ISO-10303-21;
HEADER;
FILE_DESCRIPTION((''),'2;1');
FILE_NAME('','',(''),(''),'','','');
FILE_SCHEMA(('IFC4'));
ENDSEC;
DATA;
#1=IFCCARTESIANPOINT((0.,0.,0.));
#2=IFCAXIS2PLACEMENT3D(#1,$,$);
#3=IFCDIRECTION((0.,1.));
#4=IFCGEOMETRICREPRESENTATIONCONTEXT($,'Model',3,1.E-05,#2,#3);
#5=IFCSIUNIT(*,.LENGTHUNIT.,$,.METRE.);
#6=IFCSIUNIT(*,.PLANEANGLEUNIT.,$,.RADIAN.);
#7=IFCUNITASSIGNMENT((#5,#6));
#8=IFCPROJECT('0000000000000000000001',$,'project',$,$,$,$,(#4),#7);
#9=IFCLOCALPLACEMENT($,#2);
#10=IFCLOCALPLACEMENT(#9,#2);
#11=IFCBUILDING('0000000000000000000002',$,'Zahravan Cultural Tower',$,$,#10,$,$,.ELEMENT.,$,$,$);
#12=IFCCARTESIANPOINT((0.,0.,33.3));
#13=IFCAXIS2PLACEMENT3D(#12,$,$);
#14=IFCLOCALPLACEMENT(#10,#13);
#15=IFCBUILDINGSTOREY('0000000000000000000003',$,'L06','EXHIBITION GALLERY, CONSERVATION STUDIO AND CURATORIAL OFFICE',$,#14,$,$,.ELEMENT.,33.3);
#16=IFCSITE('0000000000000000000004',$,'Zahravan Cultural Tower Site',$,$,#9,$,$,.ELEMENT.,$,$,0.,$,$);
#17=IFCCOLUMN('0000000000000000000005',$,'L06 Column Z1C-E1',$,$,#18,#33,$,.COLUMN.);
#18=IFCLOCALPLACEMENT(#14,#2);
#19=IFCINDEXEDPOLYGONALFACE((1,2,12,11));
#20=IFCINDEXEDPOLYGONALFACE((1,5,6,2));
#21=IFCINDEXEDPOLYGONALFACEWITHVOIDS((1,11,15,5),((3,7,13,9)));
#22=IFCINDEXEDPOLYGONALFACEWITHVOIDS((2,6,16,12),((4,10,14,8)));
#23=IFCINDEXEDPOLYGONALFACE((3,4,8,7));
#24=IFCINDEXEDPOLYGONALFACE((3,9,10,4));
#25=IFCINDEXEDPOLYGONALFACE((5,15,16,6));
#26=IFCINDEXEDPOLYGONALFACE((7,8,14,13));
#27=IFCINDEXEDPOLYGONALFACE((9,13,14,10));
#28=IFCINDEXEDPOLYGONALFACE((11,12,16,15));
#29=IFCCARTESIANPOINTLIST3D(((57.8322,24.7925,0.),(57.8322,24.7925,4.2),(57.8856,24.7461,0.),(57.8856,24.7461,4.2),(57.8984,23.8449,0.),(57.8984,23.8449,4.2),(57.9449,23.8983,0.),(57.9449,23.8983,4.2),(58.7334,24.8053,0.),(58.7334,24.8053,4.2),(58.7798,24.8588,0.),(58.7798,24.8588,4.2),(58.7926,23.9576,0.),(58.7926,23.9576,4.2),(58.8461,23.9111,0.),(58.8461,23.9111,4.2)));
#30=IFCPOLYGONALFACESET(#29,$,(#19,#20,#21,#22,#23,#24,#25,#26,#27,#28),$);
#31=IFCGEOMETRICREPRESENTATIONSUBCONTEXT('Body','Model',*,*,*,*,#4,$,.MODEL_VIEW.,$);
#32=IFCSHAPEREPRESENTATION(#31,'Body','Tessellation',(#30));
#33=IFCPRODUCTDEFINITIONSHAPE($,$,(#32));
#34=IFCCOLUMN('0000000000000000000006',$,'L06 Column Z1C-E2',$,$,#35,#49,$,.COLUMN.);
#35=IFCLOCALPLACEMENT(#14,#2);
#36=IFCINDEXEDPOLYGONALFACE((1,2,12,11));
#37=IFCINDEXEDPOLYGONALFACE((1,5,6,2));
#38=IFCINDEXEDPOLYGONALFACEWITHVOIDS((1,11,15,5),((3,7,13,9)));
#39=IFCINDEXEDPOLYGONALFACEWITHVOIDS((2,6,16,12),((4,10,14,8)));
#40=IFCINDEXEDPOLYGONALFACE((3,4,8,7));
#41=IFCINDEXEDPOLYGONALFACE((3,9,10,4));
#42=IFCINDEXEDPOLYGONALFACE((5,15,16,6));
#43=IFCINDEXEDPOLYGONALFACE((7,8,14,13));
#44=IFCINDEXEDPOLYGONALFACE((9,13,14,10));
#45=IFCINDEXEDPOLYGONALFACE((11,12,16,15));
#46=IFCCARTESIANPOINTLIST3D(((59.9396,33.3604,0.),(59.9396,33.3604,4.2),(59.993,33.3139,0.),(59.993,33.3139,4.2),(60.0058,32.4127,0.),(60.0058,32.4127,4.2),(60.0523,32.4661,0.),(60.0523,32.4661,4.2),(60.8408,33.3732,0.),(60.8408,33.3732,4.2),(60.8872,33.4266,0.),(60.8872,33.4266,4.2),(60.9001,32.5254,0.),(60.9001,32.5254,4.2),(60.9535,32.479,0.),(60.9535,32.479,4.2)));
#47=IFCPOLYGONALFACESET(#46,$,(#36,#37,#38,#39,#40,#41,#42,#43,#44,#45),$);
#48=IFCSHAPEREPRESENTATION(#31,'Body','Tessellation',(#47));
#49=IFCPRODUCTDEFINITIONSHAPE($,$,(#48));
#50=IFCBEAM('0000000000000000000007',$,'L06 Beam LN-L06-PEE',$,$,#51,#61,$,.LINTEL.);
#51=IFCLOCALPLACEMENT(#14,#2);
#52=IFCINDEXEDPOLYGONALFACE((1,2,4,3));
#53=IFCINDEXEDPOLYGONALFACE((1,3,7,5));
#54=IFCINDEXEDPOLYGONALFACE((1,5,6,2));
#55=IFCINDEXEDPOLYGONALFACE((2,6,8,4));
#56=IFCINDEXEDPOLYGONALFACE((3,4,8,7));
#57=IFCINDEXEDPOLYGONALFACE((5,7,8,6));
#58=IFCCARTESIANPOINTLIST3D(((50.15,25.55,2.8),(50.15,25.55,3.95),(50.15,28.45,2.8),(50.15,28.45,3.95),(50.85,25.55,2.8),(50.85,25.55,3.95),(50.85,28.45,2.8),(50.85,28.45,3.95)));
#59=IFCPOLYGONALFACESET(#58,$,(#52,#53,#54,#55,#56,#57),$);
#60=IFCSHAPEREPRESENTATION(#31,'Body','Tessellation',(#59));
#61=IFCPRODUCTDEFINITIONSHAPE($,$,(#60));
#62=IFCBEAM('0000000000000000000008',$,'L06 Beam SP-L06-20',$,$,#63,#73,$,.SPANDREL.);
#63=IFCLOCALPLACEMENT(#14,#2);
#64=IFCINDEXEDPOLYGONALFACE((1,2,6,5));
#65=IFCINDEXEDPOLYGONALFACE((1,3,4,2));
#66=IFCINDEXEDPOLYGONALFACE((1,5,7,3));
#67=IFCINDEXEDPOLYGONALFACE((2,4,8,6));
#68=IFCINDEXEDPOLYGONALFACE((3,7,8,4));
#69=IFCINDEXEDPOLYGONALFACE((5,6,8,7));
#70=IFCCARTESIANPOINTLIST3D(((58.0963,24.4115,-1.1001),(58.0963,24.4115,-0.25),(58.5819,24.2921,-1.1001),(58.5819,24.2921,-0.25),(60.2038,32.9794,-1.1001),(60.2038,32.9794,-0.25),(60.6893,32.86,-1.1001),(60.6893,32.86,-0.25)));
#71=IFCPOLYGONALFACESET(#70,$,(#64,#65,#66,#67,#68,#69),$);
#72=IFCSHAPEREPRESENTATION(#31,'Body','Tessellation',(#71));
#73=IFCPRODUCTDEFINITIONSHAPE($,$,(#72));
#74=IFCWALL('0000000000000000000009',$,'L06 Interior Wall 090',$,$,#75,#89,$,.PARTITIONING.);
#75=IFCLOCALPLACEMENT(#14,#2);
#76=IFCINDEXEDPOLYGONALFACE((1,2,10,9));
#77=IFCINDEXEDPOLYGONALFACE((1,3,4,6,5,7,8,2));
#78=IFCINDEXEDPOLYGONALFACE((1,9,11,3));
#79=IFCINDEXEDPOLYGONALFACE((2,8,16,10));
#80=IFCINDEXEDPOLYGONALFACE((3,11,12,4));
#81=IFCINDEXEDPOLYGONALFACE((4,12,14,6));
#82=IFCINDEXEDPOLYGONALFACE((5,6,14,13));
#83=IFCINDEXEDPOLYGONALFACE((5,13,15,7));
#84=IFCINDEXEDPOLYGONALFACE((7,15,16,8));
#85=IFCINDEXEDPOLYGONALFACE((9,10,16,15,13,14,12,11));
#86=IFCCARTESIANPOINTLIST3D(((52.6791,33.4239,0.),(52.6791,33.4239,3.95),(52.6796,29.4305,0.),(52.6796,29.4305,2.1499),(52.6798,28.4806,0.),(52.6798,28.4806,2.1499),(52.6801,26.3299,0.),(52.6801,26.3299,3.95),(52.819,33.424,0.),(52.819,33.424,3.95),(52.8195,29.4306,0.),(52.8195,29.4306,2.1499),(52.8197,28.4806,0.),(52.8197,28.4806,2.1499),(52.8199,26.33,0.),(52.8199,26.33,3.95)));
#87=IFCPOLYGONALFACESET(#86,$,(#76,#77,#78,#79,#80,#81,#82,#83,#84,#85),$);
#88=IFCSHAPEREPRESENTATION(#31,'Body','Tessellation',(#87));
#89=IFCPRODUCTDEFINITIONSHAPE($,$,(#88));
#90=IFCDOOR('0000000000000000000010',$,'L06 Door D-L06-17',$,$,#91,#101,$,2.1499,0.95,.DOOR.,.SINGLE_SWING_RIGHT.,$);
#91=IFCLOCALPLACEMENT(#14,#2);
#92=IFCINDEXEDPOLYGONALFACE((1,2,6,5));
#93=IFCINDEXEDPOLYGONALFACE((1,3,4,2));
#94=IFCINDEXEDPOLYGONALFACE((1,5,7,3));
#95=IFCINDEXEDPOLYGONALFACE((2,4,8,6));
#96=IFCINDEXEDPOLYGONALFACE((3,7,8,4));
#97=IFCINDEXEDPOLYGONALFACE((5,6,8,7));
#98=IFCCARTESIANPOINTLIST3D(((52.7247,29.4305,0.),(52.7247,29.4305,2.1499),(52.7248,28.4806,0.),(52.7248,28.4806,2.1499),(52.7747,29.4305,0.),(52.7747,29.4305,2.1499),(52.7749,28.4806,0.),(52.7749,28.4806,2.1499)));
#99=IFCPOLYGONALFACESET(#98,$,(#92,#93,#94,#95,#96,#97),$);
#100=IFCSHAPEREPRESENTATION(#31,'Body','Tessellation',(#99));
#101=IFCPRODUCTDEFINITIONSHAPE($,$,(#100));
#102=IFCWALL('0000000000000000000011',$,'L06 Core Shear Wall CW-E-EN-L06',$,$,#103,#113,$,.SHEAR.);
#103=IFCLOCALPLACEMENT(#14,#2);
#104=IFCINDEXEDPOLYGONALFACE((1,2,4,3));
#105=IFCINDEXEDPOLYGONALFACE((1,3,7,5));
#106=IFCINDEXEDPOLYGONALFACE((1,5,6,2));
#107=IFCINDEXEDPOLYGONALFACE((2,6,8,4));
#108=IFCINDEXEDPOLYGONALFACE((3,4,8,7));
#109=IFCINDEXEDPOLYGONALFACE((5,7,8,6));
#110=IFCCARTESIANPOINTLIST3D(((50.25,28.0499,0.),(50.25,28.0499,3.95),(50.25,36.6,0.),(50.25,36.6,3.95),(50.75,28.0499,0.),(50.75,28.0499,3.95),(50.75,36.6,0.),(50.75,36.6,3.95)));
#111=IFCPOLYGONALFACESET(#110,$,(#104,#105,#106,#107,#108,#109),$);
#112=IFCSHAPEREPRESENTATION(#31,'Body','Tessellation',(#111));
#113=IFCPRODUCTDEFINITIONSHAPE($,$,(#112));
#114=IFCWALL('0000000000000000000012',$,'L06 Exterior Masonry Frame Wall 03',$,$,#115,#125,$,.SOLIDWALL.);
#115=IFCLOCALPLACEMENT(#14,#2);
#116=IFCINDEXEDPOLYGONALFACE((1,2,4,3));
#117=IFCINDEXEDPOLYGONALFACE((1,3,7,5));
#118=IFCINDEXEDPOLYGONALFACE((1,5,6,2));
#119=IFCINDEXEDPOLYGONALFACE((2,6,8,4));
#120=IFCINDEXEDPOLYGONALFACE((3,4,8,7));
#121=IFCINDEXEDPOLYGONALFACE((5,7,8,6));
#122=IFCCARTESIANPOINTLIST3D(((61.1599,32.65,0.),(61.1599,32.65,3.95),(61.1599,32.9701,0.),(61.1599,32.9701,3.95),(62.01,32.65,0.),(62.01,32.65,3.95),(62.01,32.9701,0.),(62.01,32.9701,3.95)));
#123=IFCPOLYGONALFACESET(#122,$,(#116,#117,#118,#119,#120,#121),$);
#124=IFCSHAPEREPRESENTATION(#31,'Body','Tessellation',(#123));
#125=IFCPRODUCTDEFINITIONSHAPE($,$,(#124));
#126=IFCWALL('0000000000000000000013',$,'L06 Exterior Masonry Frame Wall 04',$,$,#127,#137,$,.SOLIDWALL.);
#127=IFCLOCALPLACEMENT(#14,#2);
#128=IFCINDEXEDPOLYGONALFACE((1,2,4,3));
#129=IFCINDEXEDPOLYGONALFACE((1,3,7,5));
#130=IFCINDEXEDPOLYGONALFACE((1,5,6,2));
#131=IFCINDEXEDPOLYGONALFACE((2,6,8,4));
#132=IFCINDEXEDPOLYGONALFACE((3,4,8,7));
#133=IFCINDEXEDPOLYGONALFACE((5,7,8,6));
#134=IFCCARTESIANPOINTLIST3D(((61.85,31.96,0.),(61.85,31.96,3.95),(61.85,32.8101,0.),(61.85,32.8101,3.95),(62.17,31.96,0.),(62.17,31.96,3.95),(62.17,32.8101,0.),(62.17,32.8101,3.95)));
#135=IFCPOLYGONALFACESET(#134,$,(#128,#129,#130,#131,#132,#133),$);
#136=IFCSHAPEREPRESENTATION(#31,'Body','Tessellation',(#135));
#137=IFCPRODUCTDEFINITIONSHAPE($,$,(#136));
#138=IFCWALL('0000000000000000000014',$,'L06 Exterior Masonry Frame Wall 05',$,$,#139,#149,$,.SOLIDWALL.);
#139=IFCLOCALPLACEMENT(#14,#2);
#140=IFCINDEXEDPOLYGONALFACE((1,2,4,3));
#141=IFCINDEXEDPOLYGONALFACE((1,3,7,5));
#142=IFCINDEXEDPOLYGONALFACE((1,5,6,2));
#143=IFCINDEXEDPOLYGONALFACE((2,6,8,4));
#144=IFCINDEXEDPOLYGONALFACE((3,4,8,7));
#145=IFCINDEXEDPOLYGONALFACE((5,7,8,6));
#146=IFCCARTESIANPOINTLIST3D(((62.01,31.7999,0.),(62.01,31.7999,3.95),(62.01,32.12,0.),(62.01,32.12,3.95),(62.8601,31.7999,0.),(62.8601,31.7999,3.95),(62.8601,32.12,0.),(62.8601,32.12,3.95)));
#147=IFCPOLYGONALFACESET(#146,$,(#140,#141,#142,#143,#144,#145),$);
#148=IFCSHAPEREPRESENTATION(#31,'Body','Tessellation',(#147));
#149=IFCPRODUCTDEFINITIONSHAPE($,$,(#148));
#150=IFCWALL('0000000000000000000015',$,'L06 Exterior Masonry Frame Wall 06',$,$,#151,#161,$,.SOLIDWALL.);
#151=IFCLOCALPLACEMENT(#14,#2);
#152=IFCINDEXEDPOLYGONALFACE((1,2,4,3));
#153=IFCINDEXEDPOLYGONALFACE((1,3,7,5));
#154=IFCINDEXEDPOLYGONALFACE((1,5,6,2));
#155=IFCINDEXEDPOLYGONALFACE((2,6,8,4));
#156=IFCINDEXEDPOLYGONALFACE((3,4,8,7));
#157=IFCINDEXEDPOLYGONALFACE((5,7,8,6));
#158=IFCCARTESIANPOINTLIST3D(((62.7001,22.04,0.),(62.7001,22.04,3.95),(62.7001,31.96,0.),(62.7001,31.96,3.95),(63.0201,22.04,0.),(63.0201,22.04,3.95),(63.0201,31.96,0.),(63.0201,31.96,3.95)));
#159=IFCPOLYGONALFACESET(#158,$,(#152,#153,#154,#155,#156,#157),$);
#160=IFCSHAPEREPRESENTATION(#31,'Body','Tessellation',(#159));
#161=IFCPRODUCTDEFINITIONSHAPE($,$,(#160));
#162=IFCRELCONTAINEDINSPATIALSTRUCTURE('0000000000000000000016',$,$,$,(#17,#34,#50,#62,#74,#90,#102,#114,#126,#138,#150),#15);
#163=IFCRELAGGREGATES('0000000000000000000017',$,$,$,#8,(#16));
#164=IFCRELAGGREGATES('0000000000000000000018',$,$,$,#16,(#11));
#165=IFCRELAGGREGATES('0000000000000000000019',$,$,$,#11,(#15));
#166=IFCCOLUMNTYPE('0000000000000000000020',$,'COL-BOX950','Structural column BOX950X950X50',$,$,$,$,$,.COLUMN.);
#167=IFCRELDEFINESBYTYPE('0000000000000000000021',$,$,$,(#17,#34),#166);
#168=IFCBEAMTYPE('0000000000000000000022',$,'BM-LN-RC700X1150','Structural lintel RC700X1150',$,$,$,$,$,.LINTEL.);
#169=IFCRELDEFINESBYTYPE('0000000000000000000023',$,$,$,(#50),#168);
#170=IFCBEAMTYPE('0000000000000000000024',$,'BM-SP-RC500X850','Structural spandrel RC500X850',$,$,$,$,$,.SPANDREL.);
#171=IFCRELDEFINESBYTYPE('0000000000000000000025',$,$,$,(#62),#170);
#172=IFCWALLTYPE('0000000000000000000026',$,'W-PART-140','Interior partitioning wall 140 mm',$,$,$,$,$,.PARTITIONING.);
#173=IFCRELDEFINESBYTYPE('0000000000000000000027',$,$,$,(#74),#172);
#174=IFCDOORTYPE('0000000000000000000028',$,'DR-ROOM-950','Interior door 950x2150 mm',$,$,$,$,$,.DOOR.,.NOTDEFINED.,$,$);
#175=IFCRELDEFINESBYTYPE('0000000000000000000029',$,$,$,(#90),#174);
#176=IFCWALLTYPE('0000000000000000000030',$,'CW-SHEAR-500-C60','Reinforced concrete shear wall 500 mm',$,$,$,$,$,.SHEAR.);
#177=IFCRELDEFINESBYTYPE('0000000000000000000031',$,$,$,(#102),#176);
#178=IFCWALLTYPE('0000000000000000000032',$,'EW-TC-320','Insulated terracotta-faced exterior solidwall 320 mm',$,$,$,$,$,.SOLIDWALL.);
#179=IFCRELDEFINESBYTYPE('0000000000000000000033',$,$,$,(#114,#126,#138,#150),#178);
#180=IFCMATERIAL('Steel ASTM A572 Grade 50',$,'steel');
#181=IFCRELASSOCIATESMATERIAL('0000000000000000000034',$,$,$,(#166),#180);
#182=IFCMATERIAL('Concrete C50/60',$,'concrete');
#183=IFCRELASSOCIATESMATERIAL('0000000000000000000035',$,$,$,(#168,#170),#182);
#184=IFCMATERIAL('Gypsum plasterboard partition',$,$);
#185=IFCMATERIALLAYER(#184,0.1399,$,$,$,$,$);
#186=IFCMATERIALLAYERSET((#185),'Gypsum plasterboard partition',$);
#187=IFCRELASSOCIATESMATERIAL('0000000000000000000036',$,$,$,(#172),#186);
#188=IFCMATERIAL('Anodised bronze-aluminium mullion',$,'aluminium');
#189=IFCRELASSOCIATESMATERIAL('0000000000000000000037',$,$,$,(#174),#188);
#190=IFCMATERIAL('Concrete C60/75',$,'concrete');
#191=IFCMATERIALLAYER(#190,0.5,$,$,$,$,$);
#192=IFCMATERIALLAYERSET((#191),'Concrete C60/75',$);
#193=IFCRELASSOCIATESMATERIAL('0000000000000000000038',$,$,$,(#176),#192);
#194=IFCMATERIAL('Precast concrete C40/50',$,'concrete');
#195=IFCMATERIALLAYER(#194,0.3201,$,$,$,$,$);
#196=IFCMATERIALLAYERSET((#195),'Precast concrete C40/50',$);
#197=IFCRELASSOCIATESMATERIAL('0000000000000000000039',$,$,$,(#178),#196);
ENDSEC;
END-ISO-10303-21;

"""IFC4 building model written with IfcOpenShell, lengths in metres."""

from ifc_helpers import new_model, si_unit, direction, frame, frame_2d, origin, origin_2d, place, context, subcontext, project, spatial, rectangle, hollow_rectangle, extrude, source, transform, mapped, material, layer, layer_set, material_profile, profile_set, type_object, element, fill, save


model = new_model("IFC4")

# Units and contexts
model_context = context("Model", 3, precision=1e-05, world=origin(), true_north=direction((0.0, 1.0)))
body_context = subcontext(model_context, "Body", "Model", "MODEL_VIEW")
ifc_project = project(units=[si_unit("LENGTHUNIT", "METRE"), si_unit("PLANEANGLEUNIT", "RADIAN")], contexts=[model_context])

# Site, building, storey
site_placement = place(None, origin())
site = spatial("IfcSite", under=ifc_project, at=site_placement, Name="Zahravan Cultural Tower Site", CompositionType="ELEMENT", RefElevation=0.0)
building_placement = place(site_placement, origin())
building = spatial("IfcBuilding", under=site, at=building_placement, Name="Zahravan Cultural Tower", CompositionType="ELEMENT")
storey_placement = place(building_placement, frame((0.0, 0.0, 33.3)))
storey = spatial("IfcBuildingStorey", under=building, at=storey_placement, Name="L06", Description="EXHIBITION GALLERY, CONSERVATION STUDIO AND CURATORIAL OFFICE", CompositionType="ELEMENT", Elevation=33.3)

# Columns
ifc_material_1 = material(Name="Steel ASTM A572 Grade 50", Category="steel")
ifc_material_profile_1 = material_profile(ifc_material_1, hollow_rectangle(XDim=0.95, YDim=0.95, WallThickness=0.05, at=origin_2d()), Name="BOX950X950X50")
ifc_profile_set_1 = profile_set([ifc_material_profile_1], Name="Steel ASTM A572 Grade 50")
column_type = type_object("IfcColumnType", Name="COL-BOX950", Description="Structural column BOX950X950X50", PredefinedType="COLUMN", material=ifc_profile_set_1)
shared_shape_1 = source(origin(), body_context, "Body", "SweptSolid", [
    extrude(hollow_rectangle(XDim=0.95, YDim=0.95, WallThickness=0.05, at=origin_2d()), origin(), (0.0, 0.0, 1.0), 4.2),
])
for number, where, z_axis, x_axis, name in (
    (1, (58.3391, 24.3518, 0.0), (0.0, 0.0, 1.0), (0.997564, 0.069756, 0.0), "L06 Column Z1C-E1"),
    (2, (60.4465, 32.9197, 0.0), (0.0, 0.0, 1.0), (0.997564, 0.069756, 0.0), "L06 Column Z1C-E2"),
):
    element("IfcColumn", number, at=place(storey_placement, frame(where, z_axis=z_axis, x_axis=x_axis)), inside=storey, type_object=column_type, Name=name, PredefinedType="COLUMN", context=body_context, shape_type="MappedRepresentation", body=[
        mapped(shared_shape_1, transform((0.0, 0.0, 0.0), x_axis=(1.0, 0.0, 0.0), y_axis=(0.0, 1.0, 0.0), z_axis=(0.0, 0.0, 1.0), scale=1.0)),
    ])

# Beams
ifc_material_2 = material(Name="Concrete C50/60", Category="concrete")
ifc_material_profile_2 = material_profile(ifc_material_2, rectangle(XDim=0.7, YDim=1.1499, at=origin_2d()), Name="RC700X1150")
ifc_profile_set_2 = profile_set([ifc_material_profile_2], Name="Concrete C50/60")
beam_type_1 = type_object("IfcBeamType", Name="BM-LN-RC700X1150", Description="Structural lintel RC700X1150", PredefinedType="LINTEL", material=ifc_profile_set_2)
shared_shape_2 = source(origin(), body_context, "Body", "SweptSolid", [
    extrude(rectangle(XDim=0.7, YDim=1.1499, at=origin_2d()), origin(), (0.0, 0.0, 1.0), 2.8999),
])
beam_1_placement = place(storey_placement, frame((50.5, 25.55, 3.375), z_axis=(0.0, 1.0, 0.0), x_axis=(-1.0, 0.0, 0.0)))
element("IfcBeam", 3, at=beam_1_placement, inside=storey, type_object=beam_type_1, Name="L06 Beam LN-L06-PEE", PredefinedType="LINTEL", context=body_context, shape_type="MappedRepresentation", body=[
    mapped(shared_shape_2, transform((0.0, 0.0, 0.0), x_axis=(1.0, 0.0, 0.0), y_axis=(0.0, 1.0, 0.0), z_axis=(0.0, 0.0, 1.0), scale=1.0)),
])
ifc_material_profile_3 = material_profile(ifc_material_2, rectangle(XDim=0.5, YDim=0.8501, at=origin_2d()), Name="RC500X850")
ifc_profile_set_3 = profile_set([ifc_material_profile_3], Name="Concrete C50/60")
beam_type_2 = type_object("IfcBeamType", Name="BM-SP-RC500X850", Description="Structural spandrel RC500X850", PredefinedType="SPANDREL", material=ifc_profile_set_3)
shared_shape_3 = source(origin(), body_context, "Body", "SweptSolid", [
    extrude(rectangle(XDim=0.5, YDim=0.8501, at=origin_2d()), origin(), (0.0, 0.0, 1.0), 8.8232),
])
beam_2_placement = place(storey_placement, frame((58.3391, 24.3518, -0.675), z_axis=(0.238849, 0.971057, 0.0), x_axis=(-0.971057, 0.238849, 0.0)))
element("IfcBeam", 4, at=beam_2_placement, inside=storey, type_object=beam_type_2, Name="L06 Beam SP-L06-20", PredefinedType="SPANDREL", context=body_context, shape_type="MappedRepresentation", body=[
    mapped(shared_shape_3, transform((0.0, 0.0, 0.0), x_axis=(1.0, 0.0, 0.0), y_axis=(0.0, 1.0, 0.0), z_axis=(0.0, 0.0, 1.0), scale=1.0)),
])

# Wall, opening, door
ifc_material_3 = material(Name="Gypsum plasterboard partition")
ifc_layer_1 = layer(ifc_material_3, 0.1399)
ifc_layer_set_1 = layer_set([ifc_layer_1], Name="Gypsum plasterboard partition")
wall_type_1 = type_object("IfcWallType", Name="W-PART-140", Description="Interior partitioning wall 140 mm", PredefinedType="PARTITIONING", material=ifc_layer_set_1)
wall_1_placement = place(storey_placement, frame((52.75, 26.3301, 0.0), z_axis=(0.0, 0.0, 1.0), x_axis=(-0.000138, 1.0, 0.0)))
wall_1 = element("IfcWall", 5, at=wall_1_placement, inside=storey, type_object=wall_type_1, Name="L06 Interior Wall 090", PredefinedType="PARTITIONING", context=body_context, shape_type="SweptSolid", body=[
    extrude(rectangle(XDim=7.094, YDim=0.1399, at=frame_2d((3.5469, 0.0))), origin(), (0.0, 0.0, 1.0), 3.95),
])
opening_placement = place(wall_1_placement, frame((2.1504, 0.0, 0.0)))
opening = element("IfcOpeningElement", 6, at=opening_placement, cuts=wall_1, PredefinedType="OPENING", context=body_context, shape_type="SweptSolid", body=[
    extrude(rectangle(XDim=0.95, YDim=2.1499, at=frame_2d((0.4751, 1.075))), frame((0.0, 0.0798, 0.0), z_axis=(0.0, -1.0, 0.0), x_axis=(1.0, 0.0, 0.0)), (0.0, 0.0, 1.0), 0.1599),
])
ifc_material_4 = material(Name="Anodised bronze-aluminium mullion", Category="aluminium")
door_type = type_object("IfcDoorType", Name="DR-ROOM-950", Description="Interior door 950x2150 mm", OperationType="NOTDEFINED", PredefinedType="DOOR", material=ifc_material_4)
shared_shape_4 = source(origin(), body_context, "Body", "SweptSolid", [
    extrude(rectangle(XDim=0.95, YDim=2.1499, at=frame_2d((0.4751, 1.075))), frame((0.0, 0.0249, 0.0), z_axis=(0.0, -1.0, 0.0), x_axis=(1.0, 0.0, 0.0)), (0.0, 0.0, 1.0), 0.05),
])
door_placement = place(opening_placement, origin())
door = element("IfcDoor", 7, at=door_placement, inside=storey, type_object=door_type, Name="L06 Door D-L06-17", OperationType="SINGLE_SWING_RIGHT", OverallHeight=2.1499, OverallWidth=0.95, PredefinedType="DOOR", context=body_context, shape_type="MappedRepresentation", body=[
    mapped(shared_shape_4, transform((0.0, 0.0, 0.0), x_axis=(1.0, 0.0, 0.0), y_axis=(0.0, 1.0, 0.0), z_axis=(0.0, 0.0, 1.0), scale=1.0)),
])
fill(opening, door)

# Walls
ifc_material_5 = material(Name="Concrete C60/75", Category="concrete")
ifc_layer_2 = layer(ifc_material_5, 0.5)
ifc_layer_set_2 = layer_set([ifc_layer_2], Name="Concrete C60/75")
wall_type_2 = type_object("IfcWallType", Name="CW-SHEAR-500-C60", Description="Reinforced concrete shear wall 500 mm", PredefinedType="SHEAR", material=ifc_layer_set_2)
shared_shape_5 = source(origin(), body_context, "Body", "SweptSolid", [
    extrude(rectangle(XDim=8.55, YDim=0.5, at=frame_2d((4.2749, 0.0))), origin(), (0.0, 0.0, 1.0), 3.95),
])
wall_2_placement = place(storey_placement, frame((50.5, 28.05, 0.0), z_axis=(0.0, 0.0, 1.0), x_axis=(0.0, 1.0, 0.0)))
element("IfcWall", 8, at=wall_2_placement, inside=storey, type_object=wall_type_2, Name="L06 Core Shear Wall CW-E-EN-L06", PredefinedType="SHEAR", context=body_context, shape_type="MappedRepresentation", body=[
    mapped(shared_shape_5, transform((0.0, 0.0, 0.0), x_axis=(1.0, 0.0, 0.0), y_axis=(0.0, 1.0, 0.0), z_axis=(0.0, 0.0, 1.0), scale=1.0)),
])
ifc_material_6 = material(Name="Precast concrete C40/50", Category="concrete")
ifc_layer_3 = layer(ifc_material_6, 0.3201)
ifc_layer_set_3 = layer_set([ifc_layer_3], Name="Precast concrete C40/50")
wall_type_3 = type_object("IfcWallType", Name="EW-TC-320", Description="Insulated terracotta-faced exterior solidwall 320 mm", PredefinedType="SOLIDWALL", material=ifc_layer_set_3)
shared_shape_6 = source(origin(), body_context, "Body", "SweptSolid", [
    extrude(rectangle(XDim=0.8501, YDim=0.3201, at=frame_2d((0.425, 0.0))), origin(), (0.0, 0.0, 1.0), 3.95),
])
for number, where, z_axis, x_axis, name in (
    (9, (61.1599, 32.8101, 0.0), (0.0, 0.0, 1.0), (1.0, 0.0, 0.0), "L06 Exterior Masonry Frame Wall 03"),
    (10, (62.01, 32.8101, 0.0), (0.0, 0.0, 1.0), (0.0, -1.0, 0.0), "L06 Exterior Masonry Frame Wall 04"),
    (11, (62.01, 31.96, 0.0), (0.0, 0.0, 1.0), (1.0, 0.0, 0.0), "L06 Exterior Masonry Frame Wall 05"),
):
    element("IfcWall", number, at=place(storey_placement, frame(where, z_axis=z_axis, x_axis=x_axis)), inside=storey, type_object=wall_type_3, Name=name, PredefinedType="SOLIDWALL", context=body_context, shape_type="MappedRepresentation", body=[
        mapped(shared_shape_6, transform((0.0, 0.0, 0.0), x_axis=(1.0, 0.0, 0.0), y_axis=(0.0, 1.0, 0.0), z_axis=(0.0, 0.0, 1.0), scale=1.0)),
    ])
shared_shape_7 = source(origin(), body_context, "Body", "SweptSolid", [
    extrude(rectangle(XDim=9.9199, YDim=0.3201, at=frame_2d((4.96, 0.0))), origin(), (0.0, 0.0, 1.0), 3.95),
])
wall_3_placement = place(storey_placement, frame((62.8601, 31.96, 0.0), z_axis=(0.0, 0.0, 1.0), x_axis=(0.0, -1.0, 0.0)))
element("IfcWall", 12, at=wall_3_placement, inside=storey, type_object=wall_type_3, Name="L06 Exterior Masonry Frame Wall 06", PredefinedType="SOLIDWALL", context=body_context, shape_type="MappedRepresentation", body=[
    mapped(shared_shape_7, transform((0.0, 0.0, 0.0), x_axis=(1.0, 0.0, 0.0), y_axis=(0.0, 1.0, 0.0), z_axis=(0.0, 0.0, 1.0), scale=1.0)),
])

save(model, "model.ifc")
